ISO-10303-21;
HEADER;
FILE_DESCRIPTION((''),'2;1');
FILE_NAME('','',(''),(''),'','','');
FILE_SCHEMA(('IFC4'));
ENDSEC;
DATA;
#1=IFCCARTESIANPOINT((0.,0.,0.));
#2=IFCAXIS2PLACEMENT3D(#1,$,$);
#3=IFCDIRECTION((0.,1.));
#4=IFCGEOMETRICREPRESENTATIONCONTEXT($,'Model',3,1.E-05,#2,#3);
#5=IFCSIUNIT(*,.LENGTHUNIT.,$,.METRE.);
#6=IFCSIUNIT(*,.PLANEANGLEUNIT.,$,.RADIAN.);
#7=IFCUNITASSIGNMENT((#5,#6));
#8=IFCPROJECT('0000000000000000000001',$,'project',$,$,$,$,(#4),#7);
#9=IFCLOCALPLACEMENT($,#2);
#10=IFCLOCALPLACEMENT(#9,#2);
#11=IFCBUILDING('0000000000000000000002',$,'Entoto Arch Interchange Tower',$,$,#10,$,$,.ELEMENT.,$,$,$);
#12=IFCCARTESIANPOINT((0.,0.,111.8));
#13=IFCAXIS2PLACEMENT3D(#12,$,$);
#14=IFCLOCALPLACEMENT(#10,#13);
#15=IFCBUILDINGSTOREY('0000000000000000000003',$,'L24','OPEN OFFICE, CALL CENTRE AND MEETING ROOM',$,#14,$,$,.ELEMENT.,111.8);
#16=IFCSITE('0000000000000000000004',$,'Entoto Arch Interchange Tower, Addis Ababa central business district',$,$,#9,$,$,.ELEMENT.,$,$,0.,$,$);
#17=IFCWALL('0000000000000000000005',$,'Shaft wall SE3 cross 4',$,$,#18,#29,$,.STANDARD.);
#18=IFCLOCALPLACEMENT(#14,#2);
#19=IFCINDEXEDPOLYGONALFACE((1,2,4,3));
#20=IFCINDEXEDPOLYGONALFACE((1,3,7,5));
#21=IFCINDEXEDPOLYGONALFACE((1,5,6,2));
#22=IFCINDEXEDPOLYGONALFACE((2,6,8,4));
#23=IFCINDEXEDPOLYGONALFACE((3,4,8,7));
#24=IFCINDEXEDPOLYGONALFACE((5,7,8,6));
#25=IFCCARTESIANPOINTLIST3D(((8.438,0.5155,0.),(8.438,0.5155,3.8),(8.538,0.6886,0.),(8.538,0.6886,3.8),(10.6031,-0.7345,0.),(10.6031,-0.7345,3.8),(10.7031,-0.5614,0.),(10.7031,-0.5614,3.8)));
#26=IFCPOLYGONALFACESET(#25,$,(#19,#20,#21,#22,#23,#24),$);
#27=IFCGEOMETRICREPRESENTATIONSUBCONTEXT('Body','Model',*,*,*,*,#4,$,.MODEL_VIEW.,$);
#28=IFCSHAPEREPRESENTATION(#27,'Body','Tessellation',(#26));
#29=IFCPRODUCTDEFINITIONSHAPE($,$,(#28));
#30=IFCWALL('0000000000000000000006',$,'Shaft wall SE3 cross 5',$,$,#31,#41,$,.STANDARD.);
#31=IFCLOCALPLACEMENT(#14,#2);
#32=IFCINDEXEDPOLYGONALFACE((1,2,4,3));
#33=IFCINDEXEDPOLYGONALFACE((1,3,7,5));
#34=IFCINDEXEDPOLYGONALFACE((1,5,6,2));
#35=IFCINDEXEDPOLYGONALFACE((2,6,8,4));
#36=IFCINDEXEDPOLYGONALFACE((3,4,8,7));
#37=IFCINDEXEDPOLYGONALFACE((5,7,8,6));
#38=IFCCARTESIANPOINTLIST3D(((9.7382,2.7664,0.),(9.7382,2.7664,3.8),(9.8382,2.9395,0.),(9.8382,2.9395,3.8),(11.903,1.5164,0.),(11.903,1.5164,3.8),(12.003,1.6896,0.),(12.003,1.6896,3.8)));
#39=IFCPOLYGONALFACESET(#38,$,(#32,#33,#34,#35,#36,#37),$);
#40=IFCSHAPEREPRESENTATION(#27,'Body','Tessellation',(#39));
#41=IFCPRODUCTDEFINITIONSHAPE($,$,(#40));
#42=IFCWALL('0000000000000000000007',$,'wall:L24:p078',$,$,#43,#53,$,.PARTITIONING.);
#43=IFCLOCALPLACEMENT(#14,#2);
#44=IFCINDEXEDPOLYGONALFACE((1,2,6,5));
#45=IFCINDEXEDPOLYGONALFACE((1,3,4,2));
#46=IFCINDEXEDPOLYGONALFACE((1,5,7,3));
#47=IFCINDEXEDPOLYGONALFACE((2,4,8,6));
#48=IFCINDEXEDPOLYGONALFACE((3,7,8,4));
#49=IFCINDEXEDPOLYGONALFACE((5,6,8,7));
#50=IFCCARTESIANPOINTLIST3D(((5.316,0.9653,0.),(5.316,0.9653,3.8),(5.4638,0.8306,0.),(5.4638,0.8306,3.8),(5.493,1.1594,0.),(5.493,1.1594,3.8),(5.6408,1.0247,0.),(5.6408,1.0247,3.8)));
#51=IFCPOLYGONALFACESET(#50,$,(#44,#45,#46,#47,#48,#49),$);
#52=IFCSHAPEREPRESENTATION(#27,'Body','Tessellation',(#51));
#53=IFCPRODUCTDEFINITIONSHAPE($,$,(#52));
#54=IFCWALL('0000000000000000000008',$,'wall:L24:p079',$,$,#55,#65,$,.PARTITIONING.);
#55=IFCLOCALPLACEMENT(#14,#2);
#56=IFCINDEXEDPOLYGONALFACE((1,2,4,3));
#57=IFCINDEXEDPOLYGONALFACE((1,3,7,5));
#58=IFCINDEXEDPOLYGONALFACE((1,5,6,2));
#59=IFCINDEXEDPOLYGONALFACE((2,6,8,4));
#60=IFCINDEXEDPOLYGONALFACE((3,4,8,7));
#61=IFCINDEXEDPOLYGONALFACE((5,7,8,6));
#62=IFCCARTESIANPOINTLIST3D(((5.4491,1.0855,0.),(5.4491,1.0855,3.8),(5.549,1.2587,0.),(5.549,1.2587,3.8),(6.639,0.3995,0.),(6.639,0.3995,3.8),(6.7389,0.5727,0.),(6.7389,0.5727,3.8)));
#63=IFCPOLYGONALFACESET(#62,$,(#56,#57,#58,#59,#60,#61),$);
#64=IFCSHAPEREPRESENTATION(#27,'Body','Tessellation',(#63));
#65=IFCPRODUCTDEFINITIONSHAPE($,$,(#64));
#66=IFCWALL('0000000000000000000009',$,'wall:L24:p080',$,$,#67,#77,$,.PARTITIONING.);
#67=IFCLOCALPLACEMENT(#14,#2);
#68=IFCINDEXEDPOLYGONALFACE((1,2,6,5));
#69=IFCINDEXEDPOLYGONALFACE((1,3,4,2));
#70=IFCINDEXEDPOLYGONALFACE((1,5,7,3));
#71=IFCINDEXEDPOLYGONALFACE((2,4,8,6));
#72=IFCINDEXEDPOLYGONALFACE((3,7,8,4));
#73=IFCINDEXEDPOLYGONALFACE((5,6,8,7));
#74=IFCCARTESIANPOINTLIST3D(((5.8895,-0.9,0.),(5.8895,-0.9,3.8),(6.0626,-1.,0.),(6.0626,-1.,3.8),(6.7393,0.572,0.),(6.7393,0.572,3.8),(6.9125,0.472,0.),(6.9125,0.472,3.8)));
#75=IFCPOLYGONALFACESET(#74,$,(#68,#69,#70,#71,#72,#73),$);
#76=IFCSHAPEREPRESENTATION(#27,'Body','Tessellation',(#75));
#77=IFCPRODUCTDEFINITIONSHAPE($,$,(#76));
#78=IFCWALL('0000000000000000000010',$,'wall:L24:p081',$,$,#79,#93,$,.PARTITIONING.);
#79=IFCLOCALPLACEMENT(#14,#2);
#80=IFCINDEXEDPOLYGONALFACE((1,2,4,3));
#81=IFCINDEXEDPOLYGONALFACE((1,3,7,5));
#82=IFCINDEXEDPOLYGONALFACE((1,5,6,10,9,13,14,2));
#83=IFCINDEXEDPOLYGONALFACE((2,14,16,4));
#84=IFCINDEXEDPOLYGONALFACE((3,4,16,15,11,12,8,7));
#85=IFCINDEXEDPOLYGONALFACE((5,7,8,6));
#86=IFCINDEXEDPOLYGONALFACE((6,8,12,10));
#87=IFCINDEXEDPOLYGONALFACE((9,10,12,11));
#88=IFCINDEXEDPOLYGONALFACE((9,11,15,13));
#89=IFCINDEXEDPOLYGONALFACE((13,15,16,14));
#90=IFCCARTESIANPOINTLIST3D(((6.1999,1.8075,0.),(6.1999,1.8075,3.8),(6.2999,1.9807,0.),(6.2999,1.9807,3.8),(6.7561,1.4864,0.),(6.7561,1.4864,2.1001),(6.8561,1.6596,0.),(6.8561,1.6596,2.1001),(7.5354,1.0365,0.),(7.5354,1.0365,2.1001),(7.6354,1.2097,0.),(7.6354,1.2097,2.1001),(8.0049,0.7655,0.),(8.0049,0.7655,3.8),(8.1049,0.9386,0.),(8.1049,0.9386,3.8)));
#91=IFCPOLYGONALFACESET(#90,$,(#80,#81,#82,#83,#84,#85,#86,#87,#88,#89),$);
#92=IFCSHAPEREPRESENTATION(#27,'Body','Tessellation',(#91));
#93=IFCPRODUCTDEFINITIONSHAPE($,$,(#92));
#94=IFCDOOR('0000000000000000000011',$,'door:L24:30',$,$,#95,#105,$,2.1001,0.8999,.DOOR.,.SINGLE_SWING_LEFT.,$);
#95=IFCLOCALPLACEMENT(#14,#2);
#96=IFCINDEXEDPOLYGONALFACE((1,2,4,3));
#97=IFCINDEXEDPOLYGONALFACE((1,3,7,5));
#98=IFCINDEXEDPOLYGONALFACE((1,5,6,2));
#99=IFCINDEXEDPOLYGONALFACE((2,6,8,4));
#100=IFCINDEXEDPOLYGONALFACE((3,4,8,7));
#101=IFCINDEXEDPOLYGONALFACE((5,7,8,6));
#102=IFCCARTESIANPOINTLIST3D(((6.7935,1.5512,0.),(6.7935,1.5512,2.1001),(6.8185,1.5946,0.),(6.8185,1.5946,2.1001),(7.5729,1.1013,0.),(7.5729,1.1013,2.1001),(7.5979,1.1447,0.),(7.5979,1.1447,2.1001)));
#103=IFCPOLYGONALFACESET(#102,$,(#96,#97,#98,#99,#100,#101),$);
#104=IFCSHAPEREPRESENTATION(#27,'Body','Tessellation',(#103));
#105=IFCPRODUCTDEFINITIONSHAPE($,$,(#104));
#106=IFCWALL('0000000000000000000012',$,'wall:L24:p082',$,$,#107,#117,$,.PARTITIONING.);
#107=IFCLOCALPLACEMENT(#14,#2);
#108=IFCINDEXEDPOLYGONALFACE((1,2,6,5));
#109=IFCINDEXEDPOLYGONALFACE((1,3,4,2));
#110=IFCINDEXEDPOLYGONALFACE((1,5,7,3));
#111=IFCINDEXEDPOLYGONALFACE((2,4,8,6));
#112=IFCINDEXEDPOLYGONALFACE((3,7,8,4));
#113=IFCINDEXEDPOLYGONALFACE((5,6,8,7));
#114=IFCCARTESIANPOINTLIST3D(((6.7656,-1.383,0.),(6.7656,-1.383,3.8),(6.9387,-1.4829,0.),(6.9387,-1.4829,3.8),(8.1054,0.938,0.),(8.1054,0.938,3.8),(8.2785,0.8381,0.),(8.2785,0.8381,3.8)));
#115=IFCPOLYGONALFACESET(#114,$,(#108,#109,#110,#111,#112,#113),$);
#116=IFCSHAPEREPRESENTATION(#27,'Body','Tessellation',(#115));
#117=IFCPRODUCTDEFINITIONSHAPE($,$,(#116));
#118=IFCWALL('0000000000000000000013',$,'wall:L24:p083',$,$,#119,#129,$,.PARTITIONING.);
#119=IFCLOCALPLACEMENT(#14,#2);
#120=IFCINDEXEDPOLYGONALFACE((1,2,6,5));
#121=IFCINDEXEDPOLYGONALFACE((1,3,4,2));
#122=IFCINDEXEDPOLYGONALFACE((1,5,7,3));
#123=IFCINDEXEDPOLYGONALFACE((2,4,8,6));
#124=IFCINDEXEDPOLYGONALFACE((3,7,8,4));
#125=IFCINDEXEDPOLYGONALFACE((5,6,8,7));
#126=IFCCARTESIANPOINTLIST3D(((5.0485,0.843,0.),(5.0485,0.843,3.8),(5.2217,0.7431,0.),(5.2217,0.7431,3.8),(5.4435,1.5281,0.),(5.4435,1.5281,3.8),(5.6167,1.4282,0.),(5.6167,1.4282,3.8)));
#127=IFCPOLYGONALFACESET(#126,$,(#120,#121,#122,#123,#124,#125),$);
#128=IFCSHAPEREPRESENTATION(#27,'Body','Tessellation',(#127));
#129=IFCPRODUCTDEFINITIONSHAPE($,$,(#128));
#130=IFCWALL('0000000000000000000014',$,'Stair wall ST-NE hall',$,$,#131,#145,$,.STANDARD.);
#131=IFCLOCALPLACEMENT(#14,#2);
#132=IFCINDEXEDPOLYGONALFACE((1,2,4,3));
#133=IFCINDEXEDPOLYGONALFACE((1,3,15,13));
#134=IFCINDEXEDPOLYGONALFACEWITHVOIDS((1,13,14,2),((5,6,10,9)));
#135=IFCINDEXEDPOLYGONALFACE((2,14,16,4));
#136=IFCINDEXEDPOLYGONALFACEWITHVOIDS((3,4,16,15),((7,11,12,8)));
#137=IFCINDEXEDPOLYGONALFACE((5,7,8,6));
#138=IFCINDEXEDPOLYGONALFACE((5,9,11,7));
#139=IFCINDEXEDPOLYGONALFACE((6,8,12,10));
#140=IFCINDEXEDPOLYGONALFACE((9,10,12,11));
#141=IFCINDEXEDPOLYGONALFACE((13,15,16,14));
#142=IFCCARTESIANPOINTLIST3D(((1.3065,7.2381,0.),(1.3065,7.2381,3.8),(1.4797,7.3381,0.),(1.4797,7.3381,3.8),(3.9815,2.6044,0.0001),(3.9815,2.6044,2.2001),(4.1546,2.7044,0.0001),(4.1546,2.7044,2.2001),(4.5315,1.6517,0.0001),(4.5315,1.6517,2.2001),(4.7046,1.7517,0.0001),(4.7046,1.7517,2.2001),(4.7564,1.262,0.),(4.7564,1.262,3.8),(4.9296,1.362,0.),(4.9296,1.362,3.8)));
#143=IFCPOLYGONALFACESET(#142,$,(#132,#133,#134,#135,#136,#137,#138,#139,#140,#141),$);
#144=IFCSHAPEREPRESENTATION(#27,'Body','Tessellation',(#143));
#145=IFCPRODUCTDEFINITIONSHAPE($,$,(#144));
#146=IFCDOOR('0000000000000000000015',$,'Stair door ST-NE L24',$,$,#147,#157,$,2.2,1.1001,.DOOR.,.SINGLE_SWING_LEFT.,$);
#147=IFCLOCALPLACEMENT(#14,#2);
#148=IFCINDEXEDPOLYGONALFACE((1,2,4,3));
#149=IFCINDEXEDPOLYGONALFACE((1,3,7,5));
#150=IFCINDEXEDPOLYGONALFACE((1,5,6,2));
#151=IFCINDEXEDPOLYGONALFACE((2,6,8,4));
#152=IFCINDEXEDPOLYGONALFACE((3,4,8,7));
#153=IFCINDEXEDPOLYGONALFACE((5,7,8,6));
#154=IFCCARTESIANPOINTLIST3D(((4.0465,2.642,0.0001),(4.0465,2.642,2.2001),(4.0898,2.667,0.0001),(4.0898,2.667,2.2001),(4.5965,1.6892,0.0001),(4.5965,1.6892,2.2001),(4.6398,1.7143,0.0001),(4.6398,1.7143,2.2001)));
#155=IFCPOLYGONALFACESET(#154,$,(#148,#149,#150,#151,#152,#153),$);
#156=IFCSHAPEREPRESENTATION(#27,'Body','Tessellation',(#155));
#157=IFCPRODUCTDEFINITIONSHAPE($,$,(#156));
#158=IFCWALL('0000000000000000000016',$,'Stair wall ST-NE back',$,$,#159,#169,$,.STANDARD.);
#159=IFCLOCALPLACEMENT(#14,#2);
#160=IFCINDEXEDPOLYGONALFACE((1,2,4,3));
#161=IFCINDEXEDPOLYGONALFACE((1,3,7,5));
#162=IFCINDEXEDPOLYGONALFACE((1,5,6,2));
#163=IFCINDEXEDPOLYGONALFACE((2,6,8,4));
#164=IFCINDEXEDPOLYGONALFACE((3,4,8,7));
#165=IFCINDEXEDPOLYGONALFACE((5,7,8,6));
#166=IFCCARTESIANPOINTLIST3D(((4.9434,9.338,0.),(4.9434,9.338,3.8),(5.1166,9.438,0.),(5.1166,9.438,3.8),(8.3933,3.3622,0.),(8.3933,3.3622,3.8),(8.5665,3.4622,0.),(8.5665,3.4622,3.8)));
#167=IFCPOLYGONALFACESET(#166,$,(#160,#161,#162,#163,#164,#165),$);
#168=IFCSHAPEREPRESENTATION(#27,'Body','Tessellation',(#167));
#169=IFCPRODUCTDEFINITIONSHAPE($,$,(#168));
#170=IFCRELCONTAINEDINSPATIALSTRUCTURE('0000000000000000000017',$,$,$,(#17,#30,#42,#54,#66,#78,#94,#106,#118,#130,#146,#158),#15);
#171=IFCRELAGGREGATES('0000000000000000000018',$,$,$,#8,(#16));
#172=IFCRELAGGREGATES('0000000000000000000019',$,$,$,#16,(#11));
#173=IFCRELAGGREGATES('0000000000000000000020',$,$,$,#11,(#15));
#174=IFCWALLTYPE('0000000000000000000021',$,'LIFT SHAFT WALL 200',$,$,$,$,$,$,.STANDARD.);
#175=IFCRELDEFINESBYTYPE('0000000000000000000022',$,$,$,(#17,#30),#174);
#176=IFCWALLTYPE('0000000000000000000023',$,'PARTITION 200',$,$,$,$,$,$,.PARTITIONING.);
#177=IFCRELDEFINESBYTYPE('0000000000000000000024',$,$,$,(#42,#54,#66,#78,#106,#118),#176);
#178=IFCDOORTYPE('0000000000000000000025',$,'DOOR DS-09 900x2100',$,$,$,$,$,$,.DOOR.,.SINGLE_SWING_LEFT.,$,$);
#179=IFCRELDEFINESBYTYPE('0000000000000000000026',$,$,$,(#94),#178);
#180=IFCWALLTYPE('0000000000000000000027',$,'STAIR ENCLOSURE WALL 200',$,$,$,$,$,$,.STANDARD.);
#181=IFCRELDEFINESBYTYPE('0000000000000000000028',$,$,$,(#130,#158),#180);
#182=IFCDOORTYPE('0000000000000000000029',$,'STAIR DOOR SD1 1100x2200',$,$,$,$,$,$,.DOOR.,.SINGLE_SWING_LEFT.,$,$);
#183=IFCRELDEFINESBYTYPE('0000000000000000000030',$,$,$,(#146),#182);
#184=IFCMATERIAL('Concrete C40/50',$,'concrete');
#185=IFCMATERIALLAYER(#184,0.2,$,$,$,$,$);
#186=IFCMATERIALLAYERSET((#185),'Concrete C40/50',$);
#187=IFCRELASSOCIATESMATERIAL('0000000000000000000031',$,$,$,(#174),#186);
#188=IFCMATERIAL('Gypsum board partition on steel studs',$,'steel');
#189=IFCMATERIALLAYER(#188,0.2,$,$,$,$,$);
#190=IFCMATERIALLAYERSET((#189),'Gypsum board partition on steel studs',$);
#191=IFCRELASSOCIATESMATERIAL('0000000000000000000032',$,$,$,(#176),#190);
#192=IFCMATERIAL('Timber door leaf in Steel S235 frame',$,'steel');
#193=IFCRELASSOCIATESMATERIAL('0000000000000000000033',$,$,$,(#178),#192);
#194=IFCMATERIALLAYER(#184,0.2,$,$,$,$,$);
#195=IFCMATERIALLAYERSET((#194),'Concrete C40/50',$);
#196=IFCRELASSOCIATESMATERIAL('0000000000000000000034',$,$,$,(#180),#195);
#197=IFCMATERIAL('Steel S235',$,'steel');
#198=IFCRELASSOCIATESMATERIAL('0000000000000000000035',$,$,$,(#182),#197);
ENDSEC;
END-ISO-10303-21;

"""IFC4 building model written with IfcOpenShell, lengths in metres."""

from ifc_helpers import new_model, si_unit, direction, frame, frame_2d, origin, place, context, subcontext, project, spatial, rectangle, extrude, material, layer, layer_set, type_object, element, fill, save


model = new_model("IFC4")

# Units and contexts
model_context = context("Model", 3, precision=1e-05, world=origin(), true_north=direction((0.0, 1.0)))
body_context = subcontext(model_context, "Body", "Model", "MODEL_VIEW")
ifc_project = project(units=[si_unit("LENGTHUNIT", "METRE"), si_unit("PLANEANGLEUNIT", "RADIAN")], contexts=[model_context])

# Site, building, storey
site_placement = place(None, origin())
site = spatial("IfcSite", under=ifc_project, at=site_placement, Name="Entoto Arch Interchange Tower, Addis Ababa central business district", CompositionType="ELEMENT", RefElevation=0.0)
building_placement = place(site_placement, origin())
building = spatial("IfcBuilding", under=site, at=building_placement, Name="Entoto Arch Interchange Tower", CompositionType="ELEMENT")
storey_placement = place(building_placement, frame((0.0, 0.0, 111.8)))
storey = spatial("IfcBuildingStorey", under=building, at=storey_placement, Name="L24", Description="OPEN OFFICE, CALL CENTRE AND MEETING ROOM", CompositionType="ELEMENT", Elevation=111.8)

# Walls
ifc_material_1 = material(Name="Concrete C40/50", Category="concrete")
ifc_layer_1 = layer(ifc_material_1, 0.2)
ifc_layer_set_1 = layer_set([ifc_layer_1], Name="Concrete C40/50")
wall_type_1 = type_object("IfcWallType", Name="LIFT SHAFT WALL 200", PredefinedType="STANDARD", material=ifc_layer_set_1)
wall_1_placement = place(storey_placement, frame((8.488, 0.6021, 0.0), z_axis=(0.0, 0.0, 1.0), x_axis=(0.866023, -0.500004, 0.0)))
element("IfcWall", 1, at=wall_1_placement, inside=storey, type_object=wall_type_1, Name="Shaft wall SE3 cross 4", PredefinedType="STANDARD", context=body_context, shape_type="SweptSolid", body=[
    extrude(rectangle(XDim=2.5, YDim=0.2, at=frame_2d((1.25, 0.0))), origin(), (0.0, 0.0, 1.0), 3.8),
])
wall_2_placement = place(storey_placement, frame((9.7881, 2.853, 0.0), z_axis=(0.0, 0.0, 1.0), x_axis=(0.865999, -0.500047, 0.0)))
element("IfcWall", 2, at=wall_2_placement, inside=storey, type_object=wall_type_1, Name="Shaft wall SE3 cross 5", PredefinedType="STANDARD", context=body_context, shape_type="SweptSolid", body=[
    extrude(rectangle(XDim=2.4998, YDim=0.2, at=frame_2d((1.25, 0.0))), origin(), (0.0, 0.0, 1.0), 3.8),
])
ifc_material_2 = material(Name="Gypsum board partition on steel studs", Category="steel")
ifc_layer_2 = layer(ifc_material_2, 0.2)
ifc_layer_set_2 = layer_set([ifc_layer_2], Name="Gypsum board partition on steel studs")
wall_type_2 = type_object("IfcWallType", Name="PARTITION 200", PredefinedType="PARTITIONING", material=ifc_layer_set_2)
wall_3_placement = place(storey_placement, frame((5.3899, 0.8979, 0.0), z_axis=(0.0, 0.0, 1.0), x_axis=(0.673828, 0.738888, 0.0)))
element("IfcWall", 3, at=wall_3_placement, inside=storey, type_object=wall_type_2, Name="wall:L24:p078", PredefinedType="PARTITIONING", context=body_context, shape_type="SweptSolid", body=[
    extrude(rectangle(XDim=0.2627, YDim=0.2, at=frame_2d((0.1313, 0.0))), origin(), (0.0, 0.0, 1.0), 3.8),
])
wall_4_placement = place(storey_placement, frame((5.499, 1.1721, 0.0), z_axis=(0.0, 0.0, 1.0), x_axis=(0.866334, -0.499466, 0.0)))
element("IfcWall", 4, at=wall_4_placement, inside=storey, type_object=wall_type_2, Name="wall:L24:p079", PredefinedType="PARTITIONING", context=body_context, shape_type="SweptSolid", body=[
    extrude(rectangle(XDim=1.3735, YDim=0.2, at=frame_2d((0.6868, 0.0))), origin(), (0.0, 0.0, 1.0), 3.8),
])
wall_5_placement = place(storey_placement, frame((6.8259, 0.522, 0.0), z_axis=(0.0, 0.0, 1.0), x_axis=(-0.500017, -0.866016, 0.0)))
element("IfcWall", 5, at=wall_5_placement, inside=storey, type_object=wall_type_2, Name="wall:L24:p080", PredefinedType="PARTITIONING", context=body_context, shape_type="SweptSolid", body=[
    extrude(rectangle(XDim=1.6997, YDim=0.2, at=frame_2d((0.8499, 0.0))), origin(), (0.0, 0.0, 1.0), 3.8),
])

# Wall, opening, door
wall_6_placement = place(storey_placement, frame((6.25, 1.894, 0.0), z_axis=(0.0, 0.0, 1.0), x_axis=(0.866043, -0.499969, 0.0)))
wall_6 = element("IfcWall", 6, at=wall_6_placement, inside=storey, type_object=wall_type_2, Name="wall:L24:p081", PredefinedType="PARTITIONING", context=body_context, shape_type="SweptSolid", body=[
    extrude(rectangle(XDim=2.0842, YDim=0.2, at=frame_2d((1.042, 0.0))), origin(), (0.0, 0.0, 1.0), 3.8),
])
opening_1_placement = place(wall_6_placement, frame((0.6421, 0.0, 0.0)))
opening_1 = element("IfcOpeningElement", 7, at=opening_1_placement, cuts=wall_6, PredefinedType="OPENING", context=body_context, shape_type="SweptSolid", body=[
    extrude(rectangle(XDim=0.8999, YDim=2.1001, at=frame_2d((0.45, 1.05))), frame((0.0, 0.1099, 0.0), z_axis=(0.0, -1.0, 0.0), x_axis=(1.0, 0.0, 0.0)), (0.0, 0.0, 1.0), 0.22),
])
ifc_material_3 = material(Name="Timber door leaf in Steel S235 frame", Category="steel")
door_type_1 = type_object("IfcDoorType", Name="DOOR DS-09 900x2100", OperationType="SINGLE_SWING_LEFT", PredefinedType="DOOR", material=ifc_material_3)
door_1_placement = place(opening_1_placement, origin())
door_1 = element("IfcDoor", 8, at=door_1_placement, inside=storey, type_object=door_type_1, Name="door:L24:30", OperationType="SINGLE_SWING_LEFT", OverallHeight=2.1001, OverallWidth=0.8999, PredefinedType="DOOR", context=body_context, shape_type="SweptSolid", body=[
    extrude(rectangle(XDim=0.8999, YDim=2.1001, at=frame_2d((0.45, 1.05))), frame((0.0, 0.0249, 0.0), z_axis=(0.0, -1.0, 0.0), x_axis=(1.0, 0.0, 0.0)), (0.0, 0.0, 1.0), 0.05),
])
fill(opening_1, door_1)

# Walls
wall_7_placement = place(storey_placement, frame((8.1919, 0.8879, 0.0), z_axis=(0.0, 0.0, 1.0), x_axis=(-0.499941, -0.86606, 0.0)))
element("IfcWall", 9, at=wall_7_placement, inside=storey, type_object=wall_type_2, Name="wall:L24:p082", PredefinedType="PARTITIONING", context=body_context, shape_type="SweptSolid", body=[
    extrude(rectangle(XDim=2.6799, YDim=0.2, at=frame_2d((1.3398, 0.0))), origin(), (0.0, 0.0, 1.0), 3.8),
])
wall_8_placement = place(storey_placement, frame((5.135, 0.793, 0.0), z_axis=(0.0, 0.0, 1.0), x_axis=(0.499526, 0.866299, 0.0)))
element("IfcWall", 10, at=wall_8_placement, inside=storey, type_object=wall_type_2, Name="wall:L24:p083", PredefinedType="PARTITIONING", context=body_context, shape_type="SweptSolid", body=[
    extrude(rectangle(XDim=0.7908, YDim=0.2, at=frame_2d((0.3955, 0.0))), origin(), (0.0, 0.0, 1.0), 3.8),
])

# Wall, opening, door
ifc_layer_3 = layer(ifc_material_1, 0.2)
ifc_layer_set_3 = layer_set([ifc_layer_3], Name="Concrete C40/50")
wall_type_3 = type_object("IfcWallType", Name="STAIR ENCLOSURE WALL 200", PredefinedType="STANDARD", material=ifc_layer_set_3)
wall_9_placement = place(storey_placement, frame((4.843, 1.312, 0.0), z_axis=(0.0, 0.0, 1.0), x_axis=(-0.499963, 0.866047, 0.0)))
wall_9 = element("IfcWall", 11, at=wall_9_placement, inside=storey, type_object=wall_type_3, Name="Stair wall ST-NE hall", PredefinedType="STANDARD", context=body_context, shape_type="SweptSolid", body=[
    extrude(rectangle(XDim=6.9004, YDim=0.2, at=frame_2d((3.4502, 0.0))), origin(), (0.0, 0.0, 1.0), 3.8),
])
opening_2_placement = place(wall_9_placement, frame((0.45, 0.0, 0.0)))
opening_2 = element("IfcOpeningElement", 12, at=opening_2_placement, cuts=wall_9, PredefinedType="OPENING", context=body_context, shape_type="SweptSolid", body=[
    extrude(rectangle(XDim=1.1001, YDim=2.2, at=frame_2d((0.55, 1.1001))), frame((0.0, 0.1099, 0.0), z_axis=(0.0, -1.0, 0.0), x_axis=(1.0, 0.0, 0.0)), (0.0, 0.0, 1.0), 0.22),
])
ifc_material_4 = material(Name="Steel S235", Category="steel")
door_type_2 = type_object("IfcDoorType", Name="STAIR DOOR SD1 1100x2200", OperationType="SINGLE_SWING_LEFT", PredefinedType="DOOR", material=ifc_material_4)
door_2_placement = place(opening_2_placement, origin())
door_2 = element("IfcDoor", 13, at=door_2_placement, inside=storey, type_object=door_type_2, Name="Stair door ST-NE L24", OperationType="SINGLE_SWING_LEFT", OverallHeight=2.2, OverallWidth=1.1001, PredefinedType="DOOR", context=body_context, shape_type="SweptSolid", body=[
    extrude(rectangle(XDim=1.1001, YDim=2.2, at=frame_2d((0.55, 1.1001))), frame((0.0, 0.0249, 0.0), z_axis=(0.0, -1.0, 0.0), x_axis=(1.0, 0.0, 0.0)), (0.0, 0.0, 1.0), 0.05),
])
fill(opening_2, door_2)

# Wall
wall_10_placement = place(storey_placement, frame((8.48, 3.4121, 0.0), z_axis=(0.0, 0.0, 1.0), x_axis=(-0.499979, 0.866038, 0.0)))
element("IfcWall", 14, at=wall_10_placement, inside=storey, type_object=wall_type_3, Name="Stair wall ST-NE back", PredefinedType="STANDARD", context=body_context, shape_type="SweptSolid", body=[
    extrude(rectangle(XDim=6.9001, YDim=0.2, at=frame_2d((3.4502, 0.0))), origin(), (0.0, 0.0, 1.0), 3.8),
])

save(model, "model.ifc")
